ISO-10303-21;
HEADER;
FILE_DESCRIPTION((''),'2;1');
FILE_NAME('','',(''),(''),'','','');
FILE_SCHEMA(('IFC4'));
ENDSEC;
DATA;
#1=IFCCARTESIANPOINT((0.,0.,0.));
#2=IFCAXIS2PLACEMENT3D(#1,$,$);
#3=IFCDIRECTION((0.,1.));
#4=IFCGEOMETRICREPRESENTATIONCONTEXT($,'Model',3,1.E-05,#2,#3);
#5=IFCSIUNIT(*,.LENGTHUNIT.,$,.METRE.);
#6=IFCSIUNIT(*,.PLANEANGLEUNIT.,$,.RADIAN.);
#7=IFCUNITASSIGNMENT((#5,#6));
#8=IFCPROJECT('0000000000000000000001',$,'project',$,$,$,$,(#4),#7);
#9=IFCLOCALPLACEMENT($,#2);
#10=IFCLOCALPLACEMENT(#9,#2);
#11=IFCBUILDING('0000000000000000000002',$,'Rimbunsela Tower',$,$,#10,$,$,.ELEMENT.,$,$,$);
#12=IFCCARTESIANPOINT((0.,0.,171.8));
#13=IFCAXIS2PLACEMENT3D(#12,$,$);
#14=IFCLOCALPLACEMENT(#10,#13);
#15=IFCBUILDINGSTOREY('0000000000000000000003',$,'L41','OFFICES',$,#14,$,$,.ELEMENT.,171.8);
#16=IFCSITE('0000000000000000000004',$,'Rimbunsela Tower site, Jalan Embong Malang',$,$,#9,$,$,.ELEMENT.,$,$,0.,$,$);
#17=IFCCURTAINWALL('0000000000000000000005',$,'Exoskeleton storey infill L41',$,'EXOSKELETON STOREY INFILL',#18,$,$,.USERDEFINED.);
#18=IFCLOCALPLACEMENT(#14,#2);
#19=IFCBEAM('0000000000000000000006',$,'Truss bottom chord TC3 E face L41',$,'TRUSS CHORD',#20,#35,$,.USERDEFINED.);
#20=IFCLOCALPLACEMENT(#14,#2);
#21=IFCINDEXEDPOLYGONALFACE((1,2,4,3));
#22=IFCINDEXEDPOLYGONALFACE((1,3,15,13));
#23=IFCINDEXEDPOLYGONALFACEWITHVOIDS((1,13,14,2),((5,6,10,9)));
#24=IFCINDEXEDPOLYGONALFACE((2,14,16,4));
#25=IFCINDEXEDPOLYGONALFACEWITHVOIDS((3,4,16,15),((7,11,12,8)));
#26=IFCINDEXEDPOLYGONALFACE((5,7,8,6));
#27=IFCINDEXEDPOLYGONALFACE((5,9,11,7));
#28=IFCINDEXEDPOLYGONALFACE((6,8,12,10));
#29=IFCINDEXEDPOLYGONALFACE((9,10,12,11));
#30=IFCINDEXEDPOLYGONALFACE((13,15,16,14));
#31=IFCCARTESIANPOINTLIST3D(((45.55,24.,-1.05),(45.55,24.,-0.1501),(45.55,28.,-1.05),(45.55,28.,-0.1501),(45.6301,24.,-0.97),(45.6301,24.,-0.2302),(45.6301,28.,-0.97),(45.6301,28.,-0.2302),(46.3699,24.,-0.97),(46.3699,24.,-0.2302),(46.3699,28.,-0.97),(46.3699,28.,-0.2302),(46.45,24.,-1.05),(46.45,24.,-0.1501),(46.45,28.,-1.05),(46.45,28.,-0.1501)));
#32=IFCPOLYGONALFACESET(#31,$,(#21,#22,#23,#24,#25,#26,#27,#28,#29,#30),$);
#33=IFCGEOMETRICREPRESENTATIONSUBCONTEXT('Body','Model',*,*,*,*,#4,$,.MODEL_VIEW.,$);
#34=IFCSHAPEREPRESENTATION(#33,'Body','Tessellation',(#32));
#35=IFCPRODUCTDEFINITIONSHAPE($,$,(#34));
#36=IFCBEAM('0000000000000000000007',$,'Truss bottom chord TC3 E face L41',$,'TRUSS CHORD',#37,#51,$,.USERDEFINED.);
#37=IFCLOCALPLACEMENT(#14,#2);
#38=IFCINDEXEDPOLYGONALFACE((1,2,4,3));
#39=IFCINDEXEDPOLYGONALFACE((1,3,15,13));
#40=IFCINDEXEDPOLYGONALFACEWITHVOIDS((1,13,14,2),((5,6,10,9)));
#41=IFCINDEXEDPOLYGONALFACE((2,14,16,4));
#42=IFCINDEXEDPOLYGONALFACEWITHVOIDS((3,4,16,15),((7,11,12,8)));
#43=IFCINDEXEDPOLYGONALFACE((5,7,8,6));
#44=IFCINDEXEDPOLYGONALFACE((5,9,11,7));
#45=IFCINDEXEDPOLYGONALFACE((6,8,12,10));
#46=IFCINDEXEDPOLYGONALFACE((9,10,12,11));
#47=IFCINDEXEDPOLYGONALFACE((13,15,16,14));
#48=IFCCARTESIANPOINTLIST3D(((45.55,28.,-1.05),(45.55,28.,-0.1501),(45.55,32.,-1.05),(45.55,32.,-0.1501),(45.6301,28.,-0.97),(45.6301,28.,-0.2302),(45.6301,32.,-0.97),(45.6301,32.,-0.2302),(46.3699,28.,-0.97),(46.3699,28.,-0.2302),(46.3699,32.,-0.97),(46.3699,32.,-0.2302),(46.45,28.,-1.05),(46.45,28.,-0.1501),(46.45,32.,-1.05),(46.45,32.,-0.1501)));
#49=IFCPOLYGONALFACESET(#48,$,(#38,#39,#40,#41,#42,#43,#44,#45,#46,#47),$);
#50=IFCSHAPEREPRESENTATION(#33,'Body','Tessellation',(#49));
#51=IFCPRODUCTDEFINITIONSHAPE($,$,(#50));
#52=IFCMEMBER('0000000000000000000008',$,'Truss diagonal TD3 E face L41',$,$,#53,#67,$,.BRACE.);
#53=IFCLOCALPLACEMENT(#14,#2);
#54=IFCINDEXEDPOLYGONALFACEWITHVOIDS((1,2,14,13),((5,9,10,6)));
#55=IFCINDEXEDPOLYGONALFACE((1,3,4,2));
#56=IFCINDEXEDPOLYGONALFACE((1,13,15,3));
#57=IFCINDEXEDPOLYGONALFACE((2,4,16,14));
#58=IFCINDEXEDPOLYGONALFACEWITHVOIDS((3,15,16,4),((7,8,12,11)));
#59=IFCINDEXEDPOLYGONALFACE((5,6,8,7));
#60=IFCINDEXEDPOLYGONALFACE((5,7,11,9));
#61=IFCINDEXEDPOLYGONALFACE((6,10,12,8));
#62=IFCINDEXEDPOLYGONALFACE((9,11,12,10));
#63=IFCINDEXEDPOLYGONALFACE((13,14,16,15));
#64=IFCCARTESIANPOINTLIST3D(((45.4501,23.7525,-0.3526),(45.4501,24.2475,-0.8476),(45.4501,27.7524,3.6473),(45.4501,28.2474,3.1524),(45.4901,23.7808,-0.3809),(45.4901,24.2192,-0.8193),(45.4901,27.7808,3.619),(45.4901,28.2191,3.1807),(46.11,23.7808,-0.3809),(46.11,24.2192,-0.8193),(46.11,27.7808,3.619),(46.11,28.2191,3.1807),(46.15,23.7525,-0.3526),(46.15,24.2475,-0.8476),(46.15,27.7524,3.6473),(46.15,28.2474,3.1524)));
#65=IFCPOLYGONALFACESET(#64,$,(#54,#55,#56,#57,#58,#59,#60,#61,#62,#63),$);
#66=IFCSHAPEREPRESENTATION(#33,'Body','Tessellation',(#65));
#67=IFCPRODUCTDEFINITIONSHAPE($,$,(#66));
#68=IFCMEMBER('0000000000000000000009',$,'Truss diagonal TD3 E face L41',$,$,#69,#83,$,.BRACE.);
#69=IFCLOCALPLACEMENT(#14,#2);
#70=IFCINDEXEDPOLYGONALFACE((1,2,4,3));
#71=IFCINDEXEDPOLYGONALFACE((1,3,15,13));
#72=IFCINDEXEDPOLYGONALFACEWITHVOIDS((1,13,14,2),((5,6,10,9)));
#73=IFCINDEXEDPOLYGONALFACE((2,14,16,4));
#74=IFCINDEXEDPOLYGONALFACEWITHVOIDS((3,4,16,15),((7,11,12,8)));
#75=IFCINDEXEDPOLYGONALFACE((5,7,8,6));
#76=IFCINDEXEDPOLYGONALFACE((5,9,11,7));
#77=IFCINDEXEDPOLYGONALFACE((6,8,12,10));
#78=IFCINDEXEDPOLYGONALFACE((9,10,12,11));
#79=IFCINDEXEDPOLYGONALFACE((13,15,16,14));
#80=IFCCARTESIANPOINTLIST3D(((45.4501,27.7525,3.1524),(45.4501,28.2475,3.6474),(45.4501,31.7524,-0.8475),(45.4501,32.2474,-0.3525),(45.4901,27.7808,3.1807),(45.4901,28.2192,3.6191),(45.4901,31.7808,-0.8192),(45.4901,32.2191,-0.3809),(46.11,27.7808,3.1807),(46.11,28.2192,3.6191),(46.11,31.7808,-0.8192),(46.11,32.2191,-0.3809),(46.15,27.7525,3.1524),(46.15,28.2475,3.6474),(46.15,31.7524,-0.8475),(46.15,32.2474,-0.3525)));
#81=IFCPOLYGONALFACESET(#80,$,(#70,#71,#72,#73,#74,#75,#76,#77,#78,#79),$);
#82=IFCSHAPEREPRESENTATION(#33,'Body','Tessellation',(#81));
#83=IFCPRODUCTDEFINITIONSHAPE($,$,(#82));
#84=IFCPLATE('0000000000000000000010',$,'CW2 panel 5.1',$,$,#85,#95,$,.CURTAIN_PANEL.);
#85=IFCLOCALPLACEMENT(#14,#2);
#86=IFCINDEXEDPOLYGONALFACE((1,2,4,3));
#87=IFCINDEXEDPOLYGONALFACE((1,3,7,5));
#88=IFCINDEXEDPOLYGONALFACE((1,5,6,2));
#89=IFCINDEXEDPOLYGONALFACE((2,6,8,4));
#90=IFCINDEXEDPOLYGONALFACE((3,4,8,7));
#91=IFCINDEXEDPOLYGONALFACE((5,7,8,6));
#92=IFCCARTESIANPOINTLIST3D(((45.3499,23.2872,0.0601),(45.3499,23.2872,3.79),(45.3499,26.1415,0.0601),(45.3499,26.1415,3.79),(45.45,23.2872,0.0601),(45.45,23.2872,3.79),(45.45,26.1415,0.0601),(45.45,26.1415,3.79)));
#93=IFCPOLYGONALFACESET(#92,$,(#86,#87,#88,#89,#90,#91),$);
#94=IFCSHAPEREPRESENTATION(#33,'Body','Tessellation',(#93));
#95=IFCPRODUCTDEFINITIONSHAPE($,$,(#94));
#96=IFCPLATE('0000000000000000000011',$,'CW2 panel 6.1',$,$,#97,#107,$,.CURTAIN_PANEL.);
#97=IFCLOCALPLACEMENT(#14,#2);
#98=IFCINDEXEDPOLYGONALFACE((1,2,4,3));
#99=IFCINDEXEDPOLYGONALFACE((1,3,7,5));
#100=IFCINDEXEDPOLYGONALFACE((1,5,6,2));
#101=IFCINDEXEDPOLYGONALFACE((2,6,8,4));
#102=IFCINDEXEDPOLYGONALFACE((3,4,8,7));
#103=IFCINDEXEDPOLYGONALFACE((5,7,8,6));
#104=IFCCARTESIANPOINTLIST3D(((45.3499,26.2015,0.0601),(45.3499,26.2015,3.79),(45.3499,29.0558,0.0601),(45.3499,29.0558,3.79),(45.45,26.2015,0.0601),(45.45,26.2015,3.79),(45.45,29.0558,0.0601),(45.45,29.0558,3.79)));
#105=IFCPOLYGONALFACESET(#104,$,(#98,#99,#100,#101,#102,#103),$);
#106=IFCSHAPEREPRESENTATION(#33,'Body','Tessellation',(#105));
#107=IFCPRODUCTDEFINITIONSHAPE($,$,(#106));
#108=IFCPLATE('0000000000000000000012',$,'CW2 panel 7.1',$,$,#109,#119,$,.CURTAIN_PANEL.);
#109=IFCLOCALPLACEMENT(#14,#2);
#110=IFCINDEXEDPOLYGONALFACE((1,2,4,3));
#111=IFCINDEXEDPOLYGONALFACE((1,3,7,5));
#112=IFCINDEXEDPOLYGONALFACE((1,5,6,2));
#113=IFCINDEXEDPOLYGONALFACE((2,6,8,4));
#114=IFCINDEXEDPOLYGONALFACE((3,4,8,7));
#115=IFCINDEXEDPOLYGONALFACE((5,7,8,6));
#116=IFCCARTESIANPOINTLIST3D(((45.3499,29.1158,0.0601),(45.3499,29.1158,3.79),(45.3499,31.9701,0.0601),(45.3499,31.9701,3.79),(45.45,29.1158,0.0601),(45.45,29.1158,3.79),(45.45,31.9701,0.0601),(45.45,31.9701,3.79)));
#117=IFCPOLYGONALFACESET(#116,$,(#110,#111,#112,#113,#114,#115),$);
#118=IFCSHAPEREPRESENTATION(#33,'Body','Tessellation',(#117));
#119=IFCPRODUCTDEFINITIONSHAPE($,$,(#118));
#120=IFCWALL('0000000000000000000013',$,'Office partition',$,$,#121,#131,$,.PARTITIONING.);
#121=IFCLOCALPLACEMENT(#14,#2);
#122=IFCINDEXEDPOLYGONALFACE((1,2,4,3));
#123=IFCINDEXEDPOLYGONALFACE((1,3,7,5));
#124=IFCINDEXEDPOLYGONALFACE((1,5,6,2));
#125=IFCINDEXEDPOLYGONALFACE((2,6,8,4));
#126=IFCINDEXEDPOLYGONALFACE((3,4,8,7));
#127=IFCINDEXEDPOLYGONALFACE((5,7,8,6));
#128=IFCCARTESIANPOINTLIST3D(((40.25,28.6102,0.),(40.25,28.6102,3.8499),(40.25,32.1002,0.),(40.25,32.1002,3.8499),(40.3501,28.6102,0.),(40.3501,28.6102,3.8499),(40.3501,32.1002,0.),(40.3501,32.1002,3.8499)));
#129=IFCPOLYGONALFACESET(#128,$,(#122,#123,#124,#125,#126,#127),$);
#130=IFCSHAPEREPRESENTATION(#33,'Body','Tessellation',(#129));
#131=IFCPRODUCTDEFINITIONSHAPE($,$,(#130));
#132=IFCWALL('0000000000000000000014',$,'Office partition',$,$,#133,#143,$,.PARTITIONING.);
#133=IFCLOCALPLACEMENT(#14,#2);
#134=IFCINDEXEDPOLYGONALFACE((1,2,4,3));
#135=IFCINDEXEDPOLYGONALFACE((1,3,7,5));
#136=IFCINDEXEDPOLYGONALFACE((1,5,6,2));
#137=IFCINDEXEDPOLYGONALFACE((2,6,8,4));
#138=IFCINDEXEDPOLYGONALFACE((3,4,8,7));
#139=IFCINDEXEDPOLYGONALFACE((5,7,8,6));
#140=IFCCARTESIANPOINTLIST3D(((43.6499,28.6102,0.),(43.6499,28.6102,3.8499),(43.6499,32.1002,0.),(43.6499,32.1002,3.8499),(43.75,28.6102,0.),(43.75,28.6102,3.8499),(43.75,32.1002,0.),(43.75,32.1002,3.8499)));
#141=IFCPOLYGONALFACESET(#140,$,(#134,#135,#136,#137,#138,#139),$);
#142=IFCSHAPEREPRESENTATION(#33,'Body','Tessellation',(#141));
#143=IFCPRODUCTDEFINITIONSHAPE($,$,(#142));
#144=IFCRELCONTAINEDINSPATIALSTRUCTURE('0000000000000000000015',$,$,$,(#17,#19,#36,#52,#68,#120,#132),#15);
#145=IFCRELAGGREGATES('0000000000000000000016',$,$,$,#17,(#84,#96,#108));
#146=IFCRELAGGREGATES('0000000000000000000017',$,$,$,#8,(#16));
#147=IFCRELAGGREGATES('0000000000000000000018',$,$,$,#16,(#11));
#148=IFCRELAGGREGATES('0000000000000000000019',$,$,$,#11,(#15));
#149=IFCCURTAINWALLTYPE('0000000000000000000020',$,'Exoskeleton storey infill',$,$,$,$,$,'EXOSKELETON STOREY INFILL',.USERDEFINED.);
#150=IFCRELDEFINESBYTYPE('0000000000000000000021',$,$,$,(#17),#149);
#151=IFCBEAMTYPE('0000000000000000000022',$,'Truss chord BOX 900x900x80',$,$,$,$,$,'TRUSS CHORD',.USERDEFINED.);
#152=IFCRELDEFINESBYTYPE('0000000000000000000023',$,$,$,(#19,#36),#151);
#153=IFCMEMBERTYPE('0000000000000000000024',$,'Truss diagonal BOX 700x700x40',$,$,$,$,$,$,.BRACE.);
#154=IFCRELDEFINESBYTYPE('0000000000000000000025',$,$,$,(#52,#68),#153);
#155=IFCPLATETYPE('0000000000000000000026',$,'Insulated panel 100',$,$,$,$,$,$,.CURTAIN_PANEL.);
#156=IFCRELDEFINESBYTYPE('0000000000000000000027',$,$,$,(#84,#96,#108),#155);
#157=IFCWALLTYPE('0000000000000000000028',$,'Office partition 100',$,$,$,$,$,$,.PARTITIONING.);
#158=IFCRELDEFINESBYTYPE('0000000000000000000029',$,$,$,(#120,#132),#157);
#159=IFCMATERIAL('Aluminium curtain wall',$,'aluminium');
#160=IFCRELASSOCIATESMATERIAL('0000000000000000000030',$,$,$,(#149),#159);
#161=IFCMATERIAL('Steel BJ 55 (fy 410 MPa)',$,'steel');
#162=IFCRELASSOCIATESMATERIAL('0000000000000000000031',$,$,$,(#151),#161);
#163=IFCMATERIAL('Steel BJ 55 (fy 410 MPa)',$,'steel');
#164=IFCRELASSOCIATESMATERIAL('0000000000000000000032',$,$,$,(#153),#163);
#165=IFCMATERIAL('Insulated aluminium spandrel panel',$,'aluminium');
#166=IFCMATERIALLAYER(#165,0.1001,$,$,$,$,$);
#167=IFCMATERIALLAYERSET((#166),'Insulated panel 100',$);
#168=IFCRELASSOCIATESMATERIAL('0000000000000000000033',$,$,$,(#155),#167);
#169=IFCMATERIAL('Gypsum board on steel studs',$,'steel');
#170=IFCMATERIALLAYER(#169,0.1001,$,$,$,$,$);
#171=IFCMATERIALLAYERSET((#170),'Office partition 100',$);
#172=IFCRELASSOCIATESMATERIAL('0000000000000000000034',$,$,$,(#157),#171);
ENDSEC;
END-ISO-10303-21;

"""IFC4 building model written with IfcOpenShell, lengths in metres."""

from ifc_helpers import new_model, si_unit, direction, frame, frame_2d, origin, origin_2d, place, context, subcontext, project, spatial, rectangle, hollow_rectangle, extrude, material, layer, layer_set, material_profile, profile_set, type_object, element, aggregate, save


model = new_model("IFC4")

# Units and contexts
model_context = context("Model", 3, precision=1e-05, world=origin(), true_north=direction((0.0, 1.0)))
body_context = subcontext(model_context, "Body", "Model", "MODEL_VIEW")
ifc_project = project(units=[si_unit("LENGTHUNIT", "METRE"), si_unit("PLANEANGLEUNIT", "RADIAN")], contexts=[model_context])

# Site, building, storey
site_placement = place(None, origin())
site = spatial("IfcSite", under=ifc_project, at=site_placement, Name="Rimbunsela Tower site, Jalan Embong Malang", CompositionType="ELEMENT", RefElevation=0.0)
building_placement = place(site_placement, origin())
building = spatial("IfcBuilding", under=site, at=building_placement, Name="Rimbunsela Tower", CompositionType="ELEMENT")
storey_placement = place(building_placement, frame((0.0, 0.0, 171.8)))
storey = spatial("IfcBuildingStorey", under=building, at=storey_placement, Name="L41", Description="OFFICES", CompositionType="ELEMENT", Elevation=171.8)

# Curtain wall
ifc_material_1 = material(Name="Aluminium curtain wall", Category="aluminium")
curtain_wall_type = type_object("IfcCurtainWallType", Name="Exoskeleton storey infill", ElementType="EXOSKELETON STOREY INFILL", PredefinedType="USERDEFINED", material=ifc_material_1)
curtain_wall_placement = place(storey_placement, origin())
curtain_wall = element("IfcCurtainWall", 1, at=curtain_wall_placement, inside=storey, type_object=curtain_wall_type, Name="Exoskeleton storey infill L41", ObjectType="EXOSKELETON STOREY INFILL", PredefinedType="USERDEFINED")

# Beams
ifc_material_2 = material(Name="Steel BJ 55 (fy 410 MPa)", Category="steel")
ifc_material_profile_1 = material_profile(ifc_material_2, hollow_rectangle(XDim=0.8999, YDim=0.8999, WallThickness=0.0801, at=origin_2d()), Name="BOX 900x900x80")
ifc_profile_set_1 = profile_set([ifc_material_profile_1], Name="Steel BJ 55 (fy 410 MPa)")
beam_type = type_object("IfcBeamType", Name="Truss chord BOX 900x900x80", ElementType="TRUSS CHORD", PredefinedType="USERDEFINED", material=ifc_profile_set_1)
for number, where, z_axis, x_axis, name in (
    (2, (46.0, 24.0, -0.6001), (0.0, 1.0, 0.0), (-1.0, 0.0, 0.0), "Truss bottom chord TC3 E face L41"),
    (3, (46.0, 28.0, -0.6001), (0.0, 1.0, 0.0), (-1.0, 0.0, 0.0), "Truss bottom chord TC3 E face L41"),
):
    element("IfcBeam", number, at=place(storey_placement, frame(where, z_axis=z_axis, x_axis=x_axis)), inside=storey, type_object=beam_type, Name=name, ObjectType="TRUSS CHORD", PredefinedType="USERDEFINED", context=body_context, shape_type="SweptSolid", body=[
        extrude(hollow_rectangle(XDim=0.8999, YDim=0.8999, WallThickness=0.0801, at=origin_2d()), origin(), (0.0, 0.0, 1.0), 4.0),
    ])

# Members
ifc_material_3 = material(Name="Steel BJ 55 (fy 410 MPa)", Category="steel")
ifc_material_profile_2 = material_profile(ifc_material_3, hollow_rectangle(XDim=0.7, YDim=0.7, WallThickness=0.04, at=origin_2d()), Name="BOX 700x700x40")
ifc_profile_set_2 = profile_set([ifc_material_profile_2], Name="Steel BJ 55 (fy 410 MPa)")
member_type_1 = type_object("IfcMemberType", Name="Truss diagonal BOX 700x700x40", PredefinedType="BRACE", material=ifc_profile_set_2)
for number, where, z_axis, x_axis, name in (
    (4, (45.8, 24.0, -0.6001), (0.0, 0.707107, 0.707107), (-1.0, 0.0, 0.0), "Truss diagonal TD3 E face L41"),
    (5, (45.8, 28.0, 3.3999), (0.0, 0.707107, -0.707107), (-1.0, 0.0, 0.0), "Truss diagonal TD3 E face L41"),
):
    element("IfcMember", number, at=place(storey_placement, frame(where, z_axis=z_axis, x_axis=x_axis)), inside=storey, type_object=member_type_1, Name=name, PredefinedType="BRACE", context=body_context, shape_type="SweptSolid", body=[
        extrude(hollow_rectangle(XDim=0.7, YDim=0.7, WallThickness=0.04, at=origin_2d()), origin(), (0.0, 0.0, 1.0), 5.6567),
    ])

# Plates
ifc_material_4 = material(Name="Insulated aluminium spandrel panel", Category="aluminium")
ifc_layer_1 = layer(ifc_material_4, 0.1001)
ifc_layer_set_1 = layer_set([ifc_layer_1], Name="Insulated panel 100")
plate_type = type_object("IfcPlateType", Name="Insulated panel 100", PredefinedType="CURTAIN_PANEL", material=ifc_layer_set_1)
plate_1_placement = place(storey_placement, frame((45.3999, 24.7144, 0.0601), z_axis=(0.0, 0.0, 1.0), x_axis=(0.0, 1.0, 0.0)))
plate_1 = element("IfcPlate", 6, at=plate_1_placement, type_object=plate_type, Name="CW2 panel 5.1", PredefinedType="CURTAIN_PANEL", context=body_context, shape_type="SweptSolid", body=[
    extrude(rectangle(XDim=2.8542, YDim=0.1001, at=origin_2d()), origin(), (0.0, 0.0, 1.0), 3.73),
])
plate_2_placement = place(storey_placement, frame((45.3999, 27.6287, 0.0601), z_axis=(0.0, 0.0, 1.0), x_axis=(0.0, 1.0, 0.0)))
plate_2 = element("IfcPlate", 7, at=plate_2_placement, type_object=plate_type, Name="CW2 panel 6.1", PredefinedType="CURTAIN_PANEL", context=body_context, shape_type="SweptSolid", body=[
    extrude(rectangle(XDim=2.8542, YDim=0.1001, at=origin_2d()), origin(), (0.0, 0.0, 1.0), 3.73),
])
plate_3_placement = place(storey_placement, frame((45.3999, 30.543, 0.0601), z_axis=(0.0, 0.0, 1.0), x_axis=(0.0, 1.0, 0.0)))
plate_3 = element("IfcPlate", 8, at=plate_3_placement, type_object=plate_type, Name="CW2 panel 7.1", PredefinedType="CURTAIN_PANEL", context=body_context, shape_type="SweptSolid", body=[
    extrude(rectangle(XDim=2.8542, YDim=0.1001, at=origin_2d()), origin(), (0.0, 0.0, 1.0), 3.73),
])
aggregate(curtain_wall, [plate_1, plate_2, plate_3])

# Walls
ifc_material_5 = material(Name="Gypsum board on steel studs", Category="steel")
ifc_layer_2 = layer(ifc_material_5, 0.1001)
ifc_layer_set_2 = layer_set([ifc_layer_2], Name="Office partition 100")
wall_type = type_object("IfcWallType", Name="Office partition 100", PredefinedType="PARTITIONING", material=ifc_layer_set_2)
for number, where, z_axis, x_axis, name in (
    (9, (40.3, 28.6101, 0.0), (0.0, 0.0, 1.0), (0.0, 1.0, 0.0), "Office partition"),
    (10, (43.7, 28.6101, 0.0), (0.0, 0.0, 1.0), (0.0, 1.0, 0.0), "Office partition"),
):
    element("IfcWall", number, at=place(storey_placement, frame(where, z_axis=z_axis, x_axis=x_axis)), inside=storey, type_object=wall_type, Name=name, PredefinedType="PARTITIONING", context=body_context, shape_type="SweptSolid", body=[
        extrude(rectangle(XDim=3.49, YDim=0.1001, at=frame_2d((1.7451, 0.0))), origin(), (0.0, 0.0, 1.0), 3.8499),
    ])

save(model, "model.ifc")
